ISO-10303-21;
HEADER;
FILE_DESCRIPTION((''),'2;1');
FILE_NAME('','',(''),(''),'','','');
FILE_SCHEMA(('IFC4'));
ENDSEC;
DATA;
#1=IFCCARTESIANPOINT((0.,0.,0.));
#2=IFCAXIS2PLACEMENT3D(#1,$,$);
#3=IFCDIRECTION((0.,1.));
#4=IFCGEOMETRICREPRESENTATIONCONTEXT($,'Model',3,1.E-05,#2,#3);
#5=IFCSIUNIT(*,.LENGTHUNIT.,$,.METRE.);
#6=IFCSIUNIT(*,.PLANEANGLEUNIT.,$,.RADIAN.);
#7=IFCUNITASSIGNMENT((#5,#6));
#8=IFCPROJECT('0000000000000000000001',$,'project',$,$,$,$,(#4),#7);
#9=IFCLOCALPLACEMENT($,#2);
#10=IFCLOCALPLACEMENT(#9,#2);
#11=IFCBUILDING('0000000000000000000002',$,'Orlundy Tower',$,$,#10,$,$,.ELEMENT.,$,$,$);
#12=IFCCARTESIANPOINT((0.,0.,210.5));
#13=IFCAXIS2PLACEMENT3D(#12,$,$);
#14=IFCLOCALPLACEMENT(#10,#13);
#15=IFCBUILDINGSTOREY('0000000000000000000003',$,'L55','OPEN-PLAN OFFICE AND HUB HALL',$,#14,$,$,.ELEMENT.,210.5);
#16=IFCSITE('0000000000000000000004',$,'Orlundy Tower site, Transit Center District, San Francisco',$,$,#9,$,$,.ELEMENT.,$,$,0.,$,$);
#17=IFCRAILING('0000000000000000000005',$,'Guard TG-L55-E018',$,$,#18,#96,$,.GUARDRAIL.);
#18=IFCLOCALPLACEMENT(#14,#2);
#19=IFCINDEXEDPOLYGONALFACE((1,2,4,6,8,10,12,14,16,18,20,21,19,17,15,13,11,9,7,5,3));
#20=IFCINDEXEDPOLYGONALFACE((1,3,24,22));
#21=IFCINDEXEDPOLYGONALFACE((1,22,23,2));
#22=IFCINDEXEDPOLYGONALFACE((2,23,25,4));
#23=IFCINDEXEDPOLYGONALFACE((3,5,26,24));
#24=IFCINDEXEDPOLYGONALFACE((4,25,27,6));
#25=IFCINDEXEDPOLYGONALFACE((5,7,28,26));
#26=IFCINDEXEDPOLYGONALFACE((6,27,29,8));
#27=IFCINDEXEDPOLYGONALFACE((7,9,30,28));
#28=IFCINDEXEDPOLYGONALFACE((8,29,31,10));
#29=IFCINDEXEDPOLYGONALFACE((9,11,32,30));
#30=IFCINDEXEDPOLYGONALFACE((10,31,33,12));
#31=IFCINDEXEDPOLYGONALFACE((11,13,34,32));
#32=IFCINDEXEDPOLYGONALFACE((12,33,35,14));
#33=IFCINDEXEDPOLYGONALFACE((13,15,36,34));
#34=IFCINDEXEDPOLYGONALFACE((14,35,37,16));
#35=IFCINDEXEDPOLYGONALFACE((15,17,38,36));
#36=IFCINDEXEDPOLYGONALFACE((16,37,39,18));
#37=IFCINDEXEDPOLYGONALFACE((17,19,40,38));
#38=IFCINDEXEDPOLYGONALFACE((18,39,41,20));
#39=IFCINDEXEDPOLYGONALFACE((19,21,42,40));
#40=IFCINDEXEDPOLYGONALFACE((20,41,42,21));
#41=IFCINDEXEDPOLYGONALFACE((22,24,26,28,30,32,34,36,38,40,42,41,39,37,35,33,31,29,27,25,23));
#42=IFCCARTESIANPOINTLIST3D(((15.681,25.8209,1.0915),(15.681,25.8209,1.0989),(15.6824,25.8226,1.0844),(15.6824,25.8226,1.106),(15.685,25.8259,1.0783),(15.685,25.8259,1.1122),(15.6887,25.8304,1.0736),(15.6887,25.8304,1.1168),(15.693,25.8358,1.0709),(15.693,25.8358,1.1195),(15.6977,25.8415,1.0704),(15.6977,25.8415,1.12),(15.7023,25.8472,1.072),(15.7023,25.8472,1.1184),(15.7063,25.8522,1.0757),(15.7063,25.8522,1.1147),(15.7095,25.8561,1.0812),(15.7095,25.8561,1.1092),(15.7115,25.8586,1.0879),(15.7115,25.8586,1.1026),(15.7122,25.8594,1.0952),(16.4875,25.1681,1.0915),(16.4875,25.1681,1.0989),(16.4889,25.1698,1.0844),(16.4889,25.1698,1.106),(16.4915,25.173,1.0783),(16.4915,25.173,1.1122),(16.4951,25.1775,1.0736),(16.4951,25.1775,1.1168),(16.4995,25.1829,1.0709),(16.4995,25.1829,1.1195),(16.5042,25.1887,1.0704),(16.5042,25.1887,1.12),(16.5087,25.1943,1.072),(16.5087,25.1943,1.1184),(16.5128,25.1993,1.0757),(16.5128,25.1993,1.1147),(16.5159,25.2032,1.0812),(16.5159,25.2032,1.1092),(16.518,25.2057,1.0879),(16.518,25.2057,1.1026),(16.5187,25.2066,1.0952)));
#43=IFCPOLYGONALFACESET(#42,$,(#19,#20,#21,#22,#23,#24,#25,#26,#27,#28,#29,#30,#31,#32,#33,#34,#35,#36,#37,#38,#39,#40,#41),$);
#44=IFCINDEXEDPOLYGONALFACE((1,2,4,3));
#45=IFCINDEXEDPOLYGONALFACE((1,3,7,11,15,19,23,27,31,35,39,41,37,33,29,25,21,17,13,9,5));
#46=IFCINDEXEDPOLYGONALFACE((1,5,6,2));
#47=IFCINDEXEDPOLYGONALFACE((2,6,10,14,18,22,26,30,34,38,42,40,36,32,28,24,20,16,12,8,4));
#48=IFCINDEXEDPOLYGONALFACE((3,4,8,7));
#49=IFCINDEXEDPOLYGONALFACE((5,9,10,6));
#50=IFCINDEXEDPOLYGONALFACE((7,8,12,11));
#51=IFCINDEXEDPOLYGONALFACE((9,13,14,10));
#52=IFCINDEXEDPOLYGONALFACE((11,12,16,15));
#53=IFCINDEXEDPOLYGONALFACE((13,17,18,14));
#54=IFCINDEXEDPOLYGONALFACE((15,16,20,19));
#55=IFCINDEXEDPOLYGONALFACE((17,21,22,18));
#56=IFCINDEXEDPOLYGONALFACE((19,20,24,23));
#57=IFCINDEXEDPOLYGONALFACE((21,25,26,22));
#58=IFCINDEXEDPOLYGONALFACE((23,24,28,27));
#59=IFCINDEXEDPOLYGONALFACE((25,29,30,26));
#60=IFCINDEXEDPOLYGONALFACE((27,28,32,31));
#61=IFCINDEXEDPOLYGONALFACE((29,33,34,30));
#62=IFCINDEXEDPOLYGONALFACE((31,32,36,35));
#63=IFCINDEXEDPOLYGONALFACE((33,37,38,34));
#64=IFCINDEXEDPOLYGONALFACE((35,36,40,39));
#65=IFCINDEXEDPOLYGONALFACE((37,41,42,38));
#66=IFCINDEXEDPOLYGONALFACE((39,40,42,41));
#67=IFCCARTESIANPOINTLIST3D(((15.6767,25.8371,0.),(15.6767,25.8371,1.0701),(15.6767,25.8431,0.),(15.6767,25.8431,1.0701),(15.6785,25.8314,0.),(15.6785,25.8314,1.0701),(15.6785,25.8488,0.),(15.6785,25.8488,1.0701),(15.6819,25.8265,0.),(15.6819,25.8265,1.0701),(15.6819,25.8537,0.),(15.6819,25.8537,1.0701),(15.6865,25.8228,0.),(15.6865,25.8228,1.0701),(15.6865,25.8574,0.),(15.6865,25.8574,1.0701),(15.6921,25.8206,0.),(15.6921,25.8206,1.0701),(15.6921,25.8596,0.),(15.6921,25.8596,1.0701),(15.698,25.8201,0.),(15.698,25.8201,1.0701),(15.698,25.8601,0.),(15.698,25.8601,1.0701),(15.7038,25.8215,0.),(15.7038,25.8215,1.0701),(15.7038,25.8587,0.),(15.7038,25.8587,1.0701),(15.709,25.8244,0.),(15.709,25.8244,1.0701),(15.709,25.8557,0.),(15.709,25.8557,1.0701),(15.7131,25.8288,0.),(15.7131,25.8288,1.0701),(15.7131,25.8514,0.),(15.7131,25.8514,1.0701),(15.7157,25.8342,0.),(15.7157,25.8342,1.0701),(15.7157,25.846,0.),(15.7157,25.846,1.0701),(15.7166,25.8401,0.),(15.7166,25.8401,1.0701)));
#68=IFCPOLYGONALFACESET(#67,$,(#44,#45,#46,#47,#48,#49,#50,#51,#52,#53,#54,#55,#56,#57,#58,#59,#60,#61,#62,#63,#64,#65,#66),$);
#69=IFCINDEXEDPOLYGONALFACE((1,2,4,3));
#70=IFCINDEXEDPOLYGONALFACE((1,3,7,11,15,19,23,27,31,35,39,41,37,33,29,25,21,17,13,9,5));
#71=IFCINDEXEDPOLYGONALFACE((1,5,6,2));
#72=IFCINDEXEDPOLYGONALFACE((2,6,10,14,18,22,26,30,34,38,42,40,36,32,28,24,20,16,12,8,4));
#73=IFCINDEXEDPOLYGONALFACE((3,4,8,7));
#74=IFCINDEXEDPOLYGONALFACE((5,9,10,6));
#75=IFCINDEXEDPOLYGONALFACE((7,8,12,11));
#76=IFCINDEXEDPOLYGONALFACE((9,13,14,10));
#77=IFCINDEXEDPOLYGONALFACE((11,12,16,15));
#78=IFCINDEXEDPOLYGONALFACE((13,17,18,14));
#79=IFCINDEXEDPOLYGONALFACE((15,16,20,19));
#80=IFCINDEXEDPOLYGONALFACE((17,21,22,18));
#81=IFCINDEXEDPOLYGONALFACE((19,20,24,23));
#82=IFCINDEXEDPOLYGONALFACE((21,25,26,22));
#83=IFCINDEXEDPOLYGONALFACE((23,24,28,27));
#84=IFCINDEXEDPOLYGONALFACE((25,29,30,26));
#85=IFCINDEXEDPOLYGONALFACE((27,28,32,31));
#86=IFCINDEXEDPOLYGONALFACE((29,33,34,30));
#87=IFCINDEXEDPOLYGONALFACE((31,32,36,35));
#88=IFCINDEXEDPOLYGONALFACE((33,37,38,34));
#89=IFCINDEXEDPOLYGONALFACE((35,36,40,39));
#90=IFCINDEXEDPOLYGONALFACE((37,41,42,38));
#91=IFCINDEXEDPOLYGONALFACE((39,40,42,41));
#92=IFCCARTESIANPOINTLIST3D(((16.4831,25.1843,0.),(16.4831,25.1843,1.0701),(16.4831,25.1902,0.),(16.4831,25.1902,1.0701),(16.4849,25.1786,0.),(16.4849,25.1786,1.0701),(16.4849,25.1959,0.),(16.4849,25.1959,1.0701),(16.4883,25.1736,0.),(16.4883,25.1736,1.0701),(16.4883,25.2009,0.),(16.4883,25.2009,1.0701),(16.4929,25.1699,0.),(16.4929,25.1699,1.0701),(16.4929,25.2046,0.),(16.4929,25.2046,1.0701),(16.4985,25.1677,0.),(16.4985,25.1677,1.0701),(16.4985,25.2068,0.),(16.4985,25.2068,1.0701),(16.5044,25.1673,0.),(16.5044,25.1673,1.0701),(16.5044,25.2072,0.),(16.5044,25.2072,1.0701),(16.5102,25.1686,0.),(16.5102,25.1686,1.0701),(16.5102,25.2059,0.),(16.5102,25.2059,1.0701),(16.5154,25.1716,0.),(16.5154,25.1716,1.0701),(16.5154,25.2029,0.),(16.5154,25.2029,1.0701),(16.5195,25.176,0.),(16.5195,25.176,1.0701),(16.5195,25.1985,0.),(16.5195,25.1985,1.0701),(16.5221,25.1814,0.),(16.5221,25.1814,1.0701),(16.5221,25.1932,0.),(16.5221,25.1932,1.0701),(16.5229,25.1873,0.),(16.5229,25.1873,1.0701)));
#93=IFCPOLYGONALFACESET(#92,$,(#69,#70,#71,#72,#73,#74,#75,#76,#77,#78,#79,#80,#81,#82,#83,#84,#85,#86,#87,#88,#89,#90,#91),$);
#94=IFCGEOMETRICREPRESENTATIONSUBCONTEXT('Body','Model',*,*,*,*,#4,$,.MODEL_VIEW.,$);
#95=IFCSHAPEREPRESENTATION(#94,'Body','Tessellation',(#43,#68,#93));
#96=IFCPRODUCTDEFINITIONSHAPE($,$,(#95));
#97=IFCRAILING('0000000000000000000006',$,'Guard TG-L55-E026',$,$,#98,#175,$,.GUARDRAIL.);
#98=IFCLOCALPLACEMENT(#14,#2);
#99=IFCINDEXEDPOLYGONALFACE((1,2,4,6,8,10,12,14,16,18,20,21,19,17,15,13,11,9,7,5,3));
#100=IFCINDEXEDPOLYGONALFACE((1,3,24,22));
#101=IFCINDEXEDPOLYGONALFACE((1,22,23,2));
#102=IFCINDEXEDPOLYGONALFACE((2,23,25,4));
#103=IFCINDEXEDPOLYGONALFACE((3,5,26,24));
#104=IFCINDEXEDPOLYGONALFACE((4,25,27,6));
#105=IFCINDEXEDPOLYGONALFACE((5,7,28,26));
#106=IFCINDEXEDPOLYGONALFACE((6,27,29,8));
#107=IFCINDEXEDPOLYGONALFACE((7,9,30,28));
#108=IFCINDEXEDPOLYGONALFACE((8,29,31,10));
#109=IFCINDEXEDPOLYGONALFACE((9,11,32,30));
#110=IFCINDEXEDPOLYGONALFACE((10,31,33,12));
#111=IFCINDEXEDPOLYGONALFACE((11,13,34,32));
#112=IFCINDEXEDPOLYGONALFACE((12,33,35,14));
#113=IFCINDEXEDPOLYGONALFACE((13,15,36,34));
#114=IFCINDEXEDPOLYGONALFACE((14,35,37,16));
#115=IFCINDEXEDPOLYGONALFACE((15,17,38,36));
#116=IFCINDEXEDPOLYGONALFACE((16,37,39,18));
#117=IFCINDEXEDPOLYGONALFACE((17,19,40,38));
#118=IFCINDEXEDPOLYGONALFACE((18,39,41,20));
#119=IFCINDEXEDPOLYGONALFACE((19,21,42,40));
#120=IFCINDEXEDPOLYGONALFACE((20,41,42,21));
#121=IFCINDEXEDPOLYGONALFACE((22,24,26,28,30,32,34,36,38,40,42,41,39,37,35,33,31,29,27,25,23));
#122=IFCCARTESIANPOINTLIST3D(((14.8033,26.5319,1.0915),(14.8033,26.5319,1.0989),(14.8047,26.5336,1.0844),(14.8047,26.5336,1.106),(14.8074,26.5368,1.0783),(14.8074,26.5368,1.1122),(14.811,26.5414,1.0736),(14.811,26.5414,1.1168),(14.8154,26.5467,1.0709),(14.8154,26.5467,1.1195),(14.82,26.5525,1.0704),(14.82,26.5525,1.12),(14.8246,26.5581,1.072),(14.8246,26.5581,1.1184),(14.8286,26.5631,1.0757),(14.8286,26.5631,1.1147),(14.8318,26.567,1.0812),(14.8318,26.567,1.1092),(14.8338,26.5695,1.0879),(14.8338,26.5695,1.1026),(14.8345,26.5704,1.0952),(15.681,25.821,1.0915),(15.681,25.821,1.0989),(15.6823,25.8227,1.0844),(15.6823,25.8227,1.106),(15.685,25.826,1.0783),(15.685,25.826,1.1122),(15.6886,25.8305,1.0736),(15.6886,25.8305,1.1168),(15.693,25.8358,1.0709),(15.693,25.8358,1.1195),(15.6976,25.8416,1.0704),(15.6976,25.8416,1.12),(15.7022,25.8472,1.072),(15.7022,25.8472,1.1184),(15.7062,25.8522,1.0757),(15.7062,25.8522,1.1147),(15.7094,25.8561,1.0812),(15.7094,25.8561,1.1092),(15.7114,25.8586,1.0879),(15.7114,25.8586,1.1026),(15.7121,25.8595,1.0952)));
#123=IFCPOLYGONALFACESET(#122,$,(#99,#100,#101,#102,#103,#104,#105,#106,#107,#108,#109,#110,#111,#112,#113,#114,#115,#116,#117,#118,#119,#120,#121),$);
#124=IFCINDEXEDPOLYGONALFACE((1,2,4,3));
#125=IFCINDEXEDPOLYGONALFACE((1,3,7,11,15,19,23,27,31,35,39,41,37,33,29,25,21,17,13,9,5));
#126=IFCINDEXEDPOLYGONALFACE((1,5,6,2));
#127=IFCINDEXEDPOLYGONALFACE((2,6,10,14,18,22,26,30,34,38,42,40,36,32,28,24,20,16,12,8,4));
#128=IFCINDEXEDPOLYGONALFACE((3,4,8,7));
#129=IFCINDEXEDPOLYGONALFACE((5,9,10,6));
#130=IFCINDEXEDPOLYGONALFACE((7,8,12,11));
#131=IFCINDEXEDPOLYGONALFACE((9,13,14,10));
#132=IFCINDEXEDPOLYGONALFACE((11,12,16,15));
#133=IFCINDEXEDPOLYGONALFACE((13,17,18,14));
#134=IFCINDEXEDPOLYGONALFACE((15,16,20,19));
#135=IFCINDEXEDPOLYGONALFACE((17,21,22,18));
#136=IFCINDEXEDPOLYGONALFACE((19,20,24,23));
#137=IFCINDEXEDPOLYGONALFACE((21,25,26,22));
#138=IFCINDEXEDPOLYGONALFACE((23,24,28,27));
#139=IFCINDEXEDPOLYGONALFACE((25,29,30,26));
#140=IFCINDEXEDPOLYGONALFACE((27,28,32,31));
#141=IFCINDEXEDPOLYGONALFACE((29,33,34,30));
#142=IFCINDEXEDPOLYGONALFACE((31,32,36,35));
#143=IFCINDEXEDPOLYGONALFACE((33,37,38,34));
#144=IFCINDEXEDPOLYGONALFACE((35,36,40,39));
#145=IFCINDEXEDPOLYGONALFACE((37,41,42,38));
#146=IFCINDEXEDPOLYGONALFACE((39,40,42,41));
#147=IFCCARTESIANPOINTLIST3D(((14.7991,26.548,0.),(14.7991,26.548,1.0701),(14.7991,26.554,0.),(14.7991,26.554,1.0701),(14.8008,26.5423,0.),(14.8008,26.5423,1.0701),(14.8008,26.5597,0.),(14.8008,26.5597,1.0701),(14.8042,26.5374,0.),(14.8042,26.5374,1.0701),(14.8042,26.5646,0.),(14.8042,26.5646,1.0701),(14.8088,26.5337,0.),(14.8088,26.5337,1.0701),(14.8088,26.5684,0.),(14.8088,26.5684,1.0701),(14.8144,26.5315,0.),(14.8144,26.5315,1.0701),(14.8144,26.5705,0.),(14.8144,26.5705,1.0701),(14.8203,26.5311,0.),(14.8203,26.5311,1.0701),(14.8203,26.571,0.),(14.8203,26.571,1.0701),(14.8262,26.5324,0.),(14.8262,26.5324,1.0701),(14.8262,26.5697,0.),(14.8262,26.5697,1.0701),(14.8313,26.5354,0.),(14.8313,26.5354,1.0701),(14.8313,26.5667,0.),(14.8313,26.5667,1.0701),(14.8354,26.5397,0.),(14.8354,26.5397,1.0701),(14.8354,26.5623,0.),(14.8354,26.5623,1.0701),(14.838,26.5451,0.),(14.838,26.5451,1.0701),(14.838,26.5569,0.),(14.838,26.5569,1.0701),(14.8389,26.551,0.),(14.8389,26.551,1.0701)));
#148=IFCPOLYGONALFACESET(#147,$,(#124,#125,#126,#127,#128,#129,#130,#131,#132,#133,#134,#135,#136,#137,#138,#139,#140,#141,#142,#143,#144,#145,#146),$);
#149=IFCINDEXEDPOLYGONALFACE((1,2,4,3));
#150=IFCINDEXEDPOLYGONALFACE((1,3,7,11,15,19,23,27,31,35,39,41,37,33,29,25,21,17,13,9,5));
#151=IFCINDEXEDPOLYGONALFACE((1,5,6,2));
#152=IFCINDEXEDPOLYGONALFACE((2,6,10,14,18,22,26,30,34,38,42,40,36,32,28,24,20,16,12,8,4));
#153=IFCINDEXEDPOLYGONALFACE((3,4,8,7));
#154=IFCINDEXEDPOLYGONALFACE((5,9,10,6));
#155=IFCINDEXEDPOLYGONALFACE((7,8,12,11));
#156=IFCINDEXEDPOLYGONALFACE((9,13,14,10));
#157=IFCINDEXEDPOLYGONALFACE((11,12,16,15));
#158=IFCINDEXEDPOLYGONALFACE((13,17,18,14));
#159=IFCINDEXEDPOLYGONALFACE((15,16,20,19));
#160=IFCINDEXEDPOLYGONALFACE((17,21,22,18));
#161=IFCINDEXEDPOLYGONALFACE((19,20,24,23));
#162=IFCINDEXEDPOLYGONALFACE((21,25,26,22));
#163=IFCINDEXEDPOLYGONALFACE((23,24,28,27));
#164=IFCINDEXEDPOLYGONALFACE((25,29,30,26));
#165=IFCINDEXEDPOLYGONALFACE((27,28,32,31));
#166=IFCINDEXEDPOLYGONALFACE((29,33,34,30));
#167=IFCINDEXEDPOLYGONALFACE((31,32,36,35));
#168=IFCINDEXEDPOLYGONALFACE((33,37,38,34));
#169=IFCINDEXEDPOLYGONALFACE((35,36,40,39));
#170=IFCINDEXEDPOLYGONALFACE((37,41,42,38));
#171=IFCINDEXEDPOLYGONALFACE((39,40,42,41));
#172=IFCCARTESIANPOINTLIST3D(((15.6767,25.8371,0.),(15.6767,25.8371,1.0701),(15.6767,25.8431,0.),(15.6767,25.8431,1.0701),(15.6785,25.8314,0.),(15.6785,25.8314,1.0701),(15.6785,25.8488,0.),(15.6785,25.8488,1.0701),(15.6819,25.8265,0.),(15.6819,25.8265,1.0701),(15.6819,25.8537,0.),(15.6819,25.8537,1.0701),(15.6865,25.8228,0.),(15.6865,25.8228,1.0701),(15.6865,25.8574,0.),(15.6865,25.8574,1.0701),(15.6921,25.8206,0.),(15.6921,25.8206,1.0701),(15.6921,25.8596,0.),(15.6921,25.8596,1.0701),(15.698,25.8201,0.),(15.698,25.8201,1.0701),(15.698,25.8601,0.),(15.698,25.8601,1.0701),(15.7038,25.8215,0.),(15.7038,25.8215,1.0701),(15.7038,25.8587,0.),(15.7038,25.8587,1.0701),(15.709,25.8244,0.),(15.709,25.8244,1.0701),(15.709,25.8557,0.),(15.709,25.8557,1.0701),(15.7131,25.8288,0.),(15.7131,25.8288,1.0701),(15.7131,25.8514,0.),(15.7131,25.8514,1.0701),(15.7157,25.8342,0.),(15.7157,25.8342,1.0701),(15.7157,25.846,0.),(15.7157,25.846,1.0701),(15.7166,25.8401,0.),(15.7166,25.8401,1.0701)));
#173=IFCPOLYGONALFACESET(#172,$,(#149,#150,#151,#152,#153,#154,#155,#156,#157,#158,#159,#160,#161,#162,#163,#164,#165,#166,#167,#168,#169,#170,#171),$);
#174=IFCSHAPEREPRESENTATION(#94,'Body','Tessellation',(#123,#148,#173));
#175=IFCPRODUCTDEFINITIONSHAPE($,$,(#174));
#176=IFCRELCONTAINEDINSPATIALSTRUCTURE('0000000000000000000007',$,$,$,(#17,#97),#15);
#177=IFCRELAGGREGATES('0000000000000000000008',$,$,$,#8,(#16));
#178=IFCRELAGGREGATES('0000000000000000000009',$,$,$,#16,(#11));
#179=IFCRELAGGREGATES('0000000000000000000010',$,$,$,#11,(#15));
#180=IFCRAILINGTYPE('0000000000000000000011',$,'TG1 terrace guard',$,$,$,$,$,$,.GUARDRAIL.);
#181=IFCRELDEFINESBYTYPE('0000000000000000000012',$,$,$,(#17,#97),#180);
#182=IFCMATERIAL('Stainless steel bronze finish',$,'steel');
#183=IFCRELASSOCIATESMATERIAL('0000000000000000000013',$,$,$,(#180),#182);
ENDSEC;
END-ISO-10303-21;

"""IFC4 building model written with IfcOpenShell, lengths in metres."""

from ifc_helpers import new_model, si_unit, direction, frame, origin, origin_2d, place, context, subcontext, project, spatial, circle, extrude, material, type_object, element, save


model = new_model("IFC4")

# Units and contexts
model_context = context("Model", 3, precision=1e-05, world=origin(), true_north=direction((0.0, 1.0)))
body_context = subcontext(model_context, "Body", "Model", "MODEL_VIEW")
ifc_project = project(units=[si_unit("LENGTHUNIT", "METRE"), si_unit("PLANEANGLEUNIT", "RADIAN")], contexts=[model_context])

# Site, building, storey
site_placement = place(None, origin())
site = spatial("IfcSite", under=ifc_project, at=site_placement, Name="Orlundy Tower site, Transit Center District, San Francisco", CompositionType="ELEMENT", RefElevation=0.0)
building_placement = place(site_placement, origin())
building = spatial("IfcBuilding", under=site, at=building_placement, Name="Orlundy Tower", CompositionType="ELEMENT")
storey_placement = place(building_placement, frame((0.0, 0.0, 210.5)))
storey = spatial("IfcBuildingStorey", under=building, at=storey_placement, Name="L55", Description="OPEN-PLAN OFFICE AND HUB HALL", CompositionType="ELEMENT", Elevation=210.5)

# Railings
ifc_material_1 = material(Name="Stainless steel bronze finish", Category="steel")
railing_type = type_object("IfcRailingType", Name="TG1 terrace guard", PredefinedType="GUARDRAIL", material=ifc_material_1)
railing_1_placement = place(storey_placement, frame((15.6965, 25.8401, 0.0)))
element("IfcRailing", 1, at=railing_1_placement, inside=storey, type_object=railing_type, Name="Guard TG-L55-E018", PredefinedType="GUARDRAIL", context=body_context, shape_type="SweptSolid", body=[
    extrude(circle(Radius=0.0249, at=origin_2d()), frame((0.0, 0.0, 1.0952), z_axis=(0.777228, -0.629219, 0.0), x_axis=(0.629219, 0.777228, 0.0)), (0.0, 0.0, 1.0), 1.0376),
    extrude(circle(Radius=0.02, at=origin_2d()), origin(), (0.0, 0.0, 1.0), 1.0701),
    extrude(circle(Radius=0.02, at=origin_2d()), frame((0.8064, -0.6528, 0.0)), (0.0, 0.0, 1.0), 1.0701),
])
railing_2_placement = place(storey_placement, frame((14.8188, 26.551, 0.0)))
element("IfcRailing", 2, at=railing_2_placement, inside=storey, type_object=railing_type, Name="Guard TG-L55-E026", PredefinedType="GUARDRAIL", context=body_context, shape_type="SweptSolid", body=[
    extrude(circle(Radius=0.0249, at=origin_2d()), frame((0.0, 0.0, 1.0952), z_axis=(0.777059, -0.629428, 0.0), x_axis=(0.629428, 0.777059, 0.0)), (0.0, 0.0, 1.0), 1.1294),
    extrude(circle(Radius=0.02, at=origin_2d()), origin(), (0.0, 0.0, 1.0), 1.0701),
    extrude(circle(Radius=0.02, at=origin_2d()), frame((0.8777, -0.7109, 0.0)), (0.0, 0.0, 1.0), 1.0701),
])

save(model, "model.ifc")
